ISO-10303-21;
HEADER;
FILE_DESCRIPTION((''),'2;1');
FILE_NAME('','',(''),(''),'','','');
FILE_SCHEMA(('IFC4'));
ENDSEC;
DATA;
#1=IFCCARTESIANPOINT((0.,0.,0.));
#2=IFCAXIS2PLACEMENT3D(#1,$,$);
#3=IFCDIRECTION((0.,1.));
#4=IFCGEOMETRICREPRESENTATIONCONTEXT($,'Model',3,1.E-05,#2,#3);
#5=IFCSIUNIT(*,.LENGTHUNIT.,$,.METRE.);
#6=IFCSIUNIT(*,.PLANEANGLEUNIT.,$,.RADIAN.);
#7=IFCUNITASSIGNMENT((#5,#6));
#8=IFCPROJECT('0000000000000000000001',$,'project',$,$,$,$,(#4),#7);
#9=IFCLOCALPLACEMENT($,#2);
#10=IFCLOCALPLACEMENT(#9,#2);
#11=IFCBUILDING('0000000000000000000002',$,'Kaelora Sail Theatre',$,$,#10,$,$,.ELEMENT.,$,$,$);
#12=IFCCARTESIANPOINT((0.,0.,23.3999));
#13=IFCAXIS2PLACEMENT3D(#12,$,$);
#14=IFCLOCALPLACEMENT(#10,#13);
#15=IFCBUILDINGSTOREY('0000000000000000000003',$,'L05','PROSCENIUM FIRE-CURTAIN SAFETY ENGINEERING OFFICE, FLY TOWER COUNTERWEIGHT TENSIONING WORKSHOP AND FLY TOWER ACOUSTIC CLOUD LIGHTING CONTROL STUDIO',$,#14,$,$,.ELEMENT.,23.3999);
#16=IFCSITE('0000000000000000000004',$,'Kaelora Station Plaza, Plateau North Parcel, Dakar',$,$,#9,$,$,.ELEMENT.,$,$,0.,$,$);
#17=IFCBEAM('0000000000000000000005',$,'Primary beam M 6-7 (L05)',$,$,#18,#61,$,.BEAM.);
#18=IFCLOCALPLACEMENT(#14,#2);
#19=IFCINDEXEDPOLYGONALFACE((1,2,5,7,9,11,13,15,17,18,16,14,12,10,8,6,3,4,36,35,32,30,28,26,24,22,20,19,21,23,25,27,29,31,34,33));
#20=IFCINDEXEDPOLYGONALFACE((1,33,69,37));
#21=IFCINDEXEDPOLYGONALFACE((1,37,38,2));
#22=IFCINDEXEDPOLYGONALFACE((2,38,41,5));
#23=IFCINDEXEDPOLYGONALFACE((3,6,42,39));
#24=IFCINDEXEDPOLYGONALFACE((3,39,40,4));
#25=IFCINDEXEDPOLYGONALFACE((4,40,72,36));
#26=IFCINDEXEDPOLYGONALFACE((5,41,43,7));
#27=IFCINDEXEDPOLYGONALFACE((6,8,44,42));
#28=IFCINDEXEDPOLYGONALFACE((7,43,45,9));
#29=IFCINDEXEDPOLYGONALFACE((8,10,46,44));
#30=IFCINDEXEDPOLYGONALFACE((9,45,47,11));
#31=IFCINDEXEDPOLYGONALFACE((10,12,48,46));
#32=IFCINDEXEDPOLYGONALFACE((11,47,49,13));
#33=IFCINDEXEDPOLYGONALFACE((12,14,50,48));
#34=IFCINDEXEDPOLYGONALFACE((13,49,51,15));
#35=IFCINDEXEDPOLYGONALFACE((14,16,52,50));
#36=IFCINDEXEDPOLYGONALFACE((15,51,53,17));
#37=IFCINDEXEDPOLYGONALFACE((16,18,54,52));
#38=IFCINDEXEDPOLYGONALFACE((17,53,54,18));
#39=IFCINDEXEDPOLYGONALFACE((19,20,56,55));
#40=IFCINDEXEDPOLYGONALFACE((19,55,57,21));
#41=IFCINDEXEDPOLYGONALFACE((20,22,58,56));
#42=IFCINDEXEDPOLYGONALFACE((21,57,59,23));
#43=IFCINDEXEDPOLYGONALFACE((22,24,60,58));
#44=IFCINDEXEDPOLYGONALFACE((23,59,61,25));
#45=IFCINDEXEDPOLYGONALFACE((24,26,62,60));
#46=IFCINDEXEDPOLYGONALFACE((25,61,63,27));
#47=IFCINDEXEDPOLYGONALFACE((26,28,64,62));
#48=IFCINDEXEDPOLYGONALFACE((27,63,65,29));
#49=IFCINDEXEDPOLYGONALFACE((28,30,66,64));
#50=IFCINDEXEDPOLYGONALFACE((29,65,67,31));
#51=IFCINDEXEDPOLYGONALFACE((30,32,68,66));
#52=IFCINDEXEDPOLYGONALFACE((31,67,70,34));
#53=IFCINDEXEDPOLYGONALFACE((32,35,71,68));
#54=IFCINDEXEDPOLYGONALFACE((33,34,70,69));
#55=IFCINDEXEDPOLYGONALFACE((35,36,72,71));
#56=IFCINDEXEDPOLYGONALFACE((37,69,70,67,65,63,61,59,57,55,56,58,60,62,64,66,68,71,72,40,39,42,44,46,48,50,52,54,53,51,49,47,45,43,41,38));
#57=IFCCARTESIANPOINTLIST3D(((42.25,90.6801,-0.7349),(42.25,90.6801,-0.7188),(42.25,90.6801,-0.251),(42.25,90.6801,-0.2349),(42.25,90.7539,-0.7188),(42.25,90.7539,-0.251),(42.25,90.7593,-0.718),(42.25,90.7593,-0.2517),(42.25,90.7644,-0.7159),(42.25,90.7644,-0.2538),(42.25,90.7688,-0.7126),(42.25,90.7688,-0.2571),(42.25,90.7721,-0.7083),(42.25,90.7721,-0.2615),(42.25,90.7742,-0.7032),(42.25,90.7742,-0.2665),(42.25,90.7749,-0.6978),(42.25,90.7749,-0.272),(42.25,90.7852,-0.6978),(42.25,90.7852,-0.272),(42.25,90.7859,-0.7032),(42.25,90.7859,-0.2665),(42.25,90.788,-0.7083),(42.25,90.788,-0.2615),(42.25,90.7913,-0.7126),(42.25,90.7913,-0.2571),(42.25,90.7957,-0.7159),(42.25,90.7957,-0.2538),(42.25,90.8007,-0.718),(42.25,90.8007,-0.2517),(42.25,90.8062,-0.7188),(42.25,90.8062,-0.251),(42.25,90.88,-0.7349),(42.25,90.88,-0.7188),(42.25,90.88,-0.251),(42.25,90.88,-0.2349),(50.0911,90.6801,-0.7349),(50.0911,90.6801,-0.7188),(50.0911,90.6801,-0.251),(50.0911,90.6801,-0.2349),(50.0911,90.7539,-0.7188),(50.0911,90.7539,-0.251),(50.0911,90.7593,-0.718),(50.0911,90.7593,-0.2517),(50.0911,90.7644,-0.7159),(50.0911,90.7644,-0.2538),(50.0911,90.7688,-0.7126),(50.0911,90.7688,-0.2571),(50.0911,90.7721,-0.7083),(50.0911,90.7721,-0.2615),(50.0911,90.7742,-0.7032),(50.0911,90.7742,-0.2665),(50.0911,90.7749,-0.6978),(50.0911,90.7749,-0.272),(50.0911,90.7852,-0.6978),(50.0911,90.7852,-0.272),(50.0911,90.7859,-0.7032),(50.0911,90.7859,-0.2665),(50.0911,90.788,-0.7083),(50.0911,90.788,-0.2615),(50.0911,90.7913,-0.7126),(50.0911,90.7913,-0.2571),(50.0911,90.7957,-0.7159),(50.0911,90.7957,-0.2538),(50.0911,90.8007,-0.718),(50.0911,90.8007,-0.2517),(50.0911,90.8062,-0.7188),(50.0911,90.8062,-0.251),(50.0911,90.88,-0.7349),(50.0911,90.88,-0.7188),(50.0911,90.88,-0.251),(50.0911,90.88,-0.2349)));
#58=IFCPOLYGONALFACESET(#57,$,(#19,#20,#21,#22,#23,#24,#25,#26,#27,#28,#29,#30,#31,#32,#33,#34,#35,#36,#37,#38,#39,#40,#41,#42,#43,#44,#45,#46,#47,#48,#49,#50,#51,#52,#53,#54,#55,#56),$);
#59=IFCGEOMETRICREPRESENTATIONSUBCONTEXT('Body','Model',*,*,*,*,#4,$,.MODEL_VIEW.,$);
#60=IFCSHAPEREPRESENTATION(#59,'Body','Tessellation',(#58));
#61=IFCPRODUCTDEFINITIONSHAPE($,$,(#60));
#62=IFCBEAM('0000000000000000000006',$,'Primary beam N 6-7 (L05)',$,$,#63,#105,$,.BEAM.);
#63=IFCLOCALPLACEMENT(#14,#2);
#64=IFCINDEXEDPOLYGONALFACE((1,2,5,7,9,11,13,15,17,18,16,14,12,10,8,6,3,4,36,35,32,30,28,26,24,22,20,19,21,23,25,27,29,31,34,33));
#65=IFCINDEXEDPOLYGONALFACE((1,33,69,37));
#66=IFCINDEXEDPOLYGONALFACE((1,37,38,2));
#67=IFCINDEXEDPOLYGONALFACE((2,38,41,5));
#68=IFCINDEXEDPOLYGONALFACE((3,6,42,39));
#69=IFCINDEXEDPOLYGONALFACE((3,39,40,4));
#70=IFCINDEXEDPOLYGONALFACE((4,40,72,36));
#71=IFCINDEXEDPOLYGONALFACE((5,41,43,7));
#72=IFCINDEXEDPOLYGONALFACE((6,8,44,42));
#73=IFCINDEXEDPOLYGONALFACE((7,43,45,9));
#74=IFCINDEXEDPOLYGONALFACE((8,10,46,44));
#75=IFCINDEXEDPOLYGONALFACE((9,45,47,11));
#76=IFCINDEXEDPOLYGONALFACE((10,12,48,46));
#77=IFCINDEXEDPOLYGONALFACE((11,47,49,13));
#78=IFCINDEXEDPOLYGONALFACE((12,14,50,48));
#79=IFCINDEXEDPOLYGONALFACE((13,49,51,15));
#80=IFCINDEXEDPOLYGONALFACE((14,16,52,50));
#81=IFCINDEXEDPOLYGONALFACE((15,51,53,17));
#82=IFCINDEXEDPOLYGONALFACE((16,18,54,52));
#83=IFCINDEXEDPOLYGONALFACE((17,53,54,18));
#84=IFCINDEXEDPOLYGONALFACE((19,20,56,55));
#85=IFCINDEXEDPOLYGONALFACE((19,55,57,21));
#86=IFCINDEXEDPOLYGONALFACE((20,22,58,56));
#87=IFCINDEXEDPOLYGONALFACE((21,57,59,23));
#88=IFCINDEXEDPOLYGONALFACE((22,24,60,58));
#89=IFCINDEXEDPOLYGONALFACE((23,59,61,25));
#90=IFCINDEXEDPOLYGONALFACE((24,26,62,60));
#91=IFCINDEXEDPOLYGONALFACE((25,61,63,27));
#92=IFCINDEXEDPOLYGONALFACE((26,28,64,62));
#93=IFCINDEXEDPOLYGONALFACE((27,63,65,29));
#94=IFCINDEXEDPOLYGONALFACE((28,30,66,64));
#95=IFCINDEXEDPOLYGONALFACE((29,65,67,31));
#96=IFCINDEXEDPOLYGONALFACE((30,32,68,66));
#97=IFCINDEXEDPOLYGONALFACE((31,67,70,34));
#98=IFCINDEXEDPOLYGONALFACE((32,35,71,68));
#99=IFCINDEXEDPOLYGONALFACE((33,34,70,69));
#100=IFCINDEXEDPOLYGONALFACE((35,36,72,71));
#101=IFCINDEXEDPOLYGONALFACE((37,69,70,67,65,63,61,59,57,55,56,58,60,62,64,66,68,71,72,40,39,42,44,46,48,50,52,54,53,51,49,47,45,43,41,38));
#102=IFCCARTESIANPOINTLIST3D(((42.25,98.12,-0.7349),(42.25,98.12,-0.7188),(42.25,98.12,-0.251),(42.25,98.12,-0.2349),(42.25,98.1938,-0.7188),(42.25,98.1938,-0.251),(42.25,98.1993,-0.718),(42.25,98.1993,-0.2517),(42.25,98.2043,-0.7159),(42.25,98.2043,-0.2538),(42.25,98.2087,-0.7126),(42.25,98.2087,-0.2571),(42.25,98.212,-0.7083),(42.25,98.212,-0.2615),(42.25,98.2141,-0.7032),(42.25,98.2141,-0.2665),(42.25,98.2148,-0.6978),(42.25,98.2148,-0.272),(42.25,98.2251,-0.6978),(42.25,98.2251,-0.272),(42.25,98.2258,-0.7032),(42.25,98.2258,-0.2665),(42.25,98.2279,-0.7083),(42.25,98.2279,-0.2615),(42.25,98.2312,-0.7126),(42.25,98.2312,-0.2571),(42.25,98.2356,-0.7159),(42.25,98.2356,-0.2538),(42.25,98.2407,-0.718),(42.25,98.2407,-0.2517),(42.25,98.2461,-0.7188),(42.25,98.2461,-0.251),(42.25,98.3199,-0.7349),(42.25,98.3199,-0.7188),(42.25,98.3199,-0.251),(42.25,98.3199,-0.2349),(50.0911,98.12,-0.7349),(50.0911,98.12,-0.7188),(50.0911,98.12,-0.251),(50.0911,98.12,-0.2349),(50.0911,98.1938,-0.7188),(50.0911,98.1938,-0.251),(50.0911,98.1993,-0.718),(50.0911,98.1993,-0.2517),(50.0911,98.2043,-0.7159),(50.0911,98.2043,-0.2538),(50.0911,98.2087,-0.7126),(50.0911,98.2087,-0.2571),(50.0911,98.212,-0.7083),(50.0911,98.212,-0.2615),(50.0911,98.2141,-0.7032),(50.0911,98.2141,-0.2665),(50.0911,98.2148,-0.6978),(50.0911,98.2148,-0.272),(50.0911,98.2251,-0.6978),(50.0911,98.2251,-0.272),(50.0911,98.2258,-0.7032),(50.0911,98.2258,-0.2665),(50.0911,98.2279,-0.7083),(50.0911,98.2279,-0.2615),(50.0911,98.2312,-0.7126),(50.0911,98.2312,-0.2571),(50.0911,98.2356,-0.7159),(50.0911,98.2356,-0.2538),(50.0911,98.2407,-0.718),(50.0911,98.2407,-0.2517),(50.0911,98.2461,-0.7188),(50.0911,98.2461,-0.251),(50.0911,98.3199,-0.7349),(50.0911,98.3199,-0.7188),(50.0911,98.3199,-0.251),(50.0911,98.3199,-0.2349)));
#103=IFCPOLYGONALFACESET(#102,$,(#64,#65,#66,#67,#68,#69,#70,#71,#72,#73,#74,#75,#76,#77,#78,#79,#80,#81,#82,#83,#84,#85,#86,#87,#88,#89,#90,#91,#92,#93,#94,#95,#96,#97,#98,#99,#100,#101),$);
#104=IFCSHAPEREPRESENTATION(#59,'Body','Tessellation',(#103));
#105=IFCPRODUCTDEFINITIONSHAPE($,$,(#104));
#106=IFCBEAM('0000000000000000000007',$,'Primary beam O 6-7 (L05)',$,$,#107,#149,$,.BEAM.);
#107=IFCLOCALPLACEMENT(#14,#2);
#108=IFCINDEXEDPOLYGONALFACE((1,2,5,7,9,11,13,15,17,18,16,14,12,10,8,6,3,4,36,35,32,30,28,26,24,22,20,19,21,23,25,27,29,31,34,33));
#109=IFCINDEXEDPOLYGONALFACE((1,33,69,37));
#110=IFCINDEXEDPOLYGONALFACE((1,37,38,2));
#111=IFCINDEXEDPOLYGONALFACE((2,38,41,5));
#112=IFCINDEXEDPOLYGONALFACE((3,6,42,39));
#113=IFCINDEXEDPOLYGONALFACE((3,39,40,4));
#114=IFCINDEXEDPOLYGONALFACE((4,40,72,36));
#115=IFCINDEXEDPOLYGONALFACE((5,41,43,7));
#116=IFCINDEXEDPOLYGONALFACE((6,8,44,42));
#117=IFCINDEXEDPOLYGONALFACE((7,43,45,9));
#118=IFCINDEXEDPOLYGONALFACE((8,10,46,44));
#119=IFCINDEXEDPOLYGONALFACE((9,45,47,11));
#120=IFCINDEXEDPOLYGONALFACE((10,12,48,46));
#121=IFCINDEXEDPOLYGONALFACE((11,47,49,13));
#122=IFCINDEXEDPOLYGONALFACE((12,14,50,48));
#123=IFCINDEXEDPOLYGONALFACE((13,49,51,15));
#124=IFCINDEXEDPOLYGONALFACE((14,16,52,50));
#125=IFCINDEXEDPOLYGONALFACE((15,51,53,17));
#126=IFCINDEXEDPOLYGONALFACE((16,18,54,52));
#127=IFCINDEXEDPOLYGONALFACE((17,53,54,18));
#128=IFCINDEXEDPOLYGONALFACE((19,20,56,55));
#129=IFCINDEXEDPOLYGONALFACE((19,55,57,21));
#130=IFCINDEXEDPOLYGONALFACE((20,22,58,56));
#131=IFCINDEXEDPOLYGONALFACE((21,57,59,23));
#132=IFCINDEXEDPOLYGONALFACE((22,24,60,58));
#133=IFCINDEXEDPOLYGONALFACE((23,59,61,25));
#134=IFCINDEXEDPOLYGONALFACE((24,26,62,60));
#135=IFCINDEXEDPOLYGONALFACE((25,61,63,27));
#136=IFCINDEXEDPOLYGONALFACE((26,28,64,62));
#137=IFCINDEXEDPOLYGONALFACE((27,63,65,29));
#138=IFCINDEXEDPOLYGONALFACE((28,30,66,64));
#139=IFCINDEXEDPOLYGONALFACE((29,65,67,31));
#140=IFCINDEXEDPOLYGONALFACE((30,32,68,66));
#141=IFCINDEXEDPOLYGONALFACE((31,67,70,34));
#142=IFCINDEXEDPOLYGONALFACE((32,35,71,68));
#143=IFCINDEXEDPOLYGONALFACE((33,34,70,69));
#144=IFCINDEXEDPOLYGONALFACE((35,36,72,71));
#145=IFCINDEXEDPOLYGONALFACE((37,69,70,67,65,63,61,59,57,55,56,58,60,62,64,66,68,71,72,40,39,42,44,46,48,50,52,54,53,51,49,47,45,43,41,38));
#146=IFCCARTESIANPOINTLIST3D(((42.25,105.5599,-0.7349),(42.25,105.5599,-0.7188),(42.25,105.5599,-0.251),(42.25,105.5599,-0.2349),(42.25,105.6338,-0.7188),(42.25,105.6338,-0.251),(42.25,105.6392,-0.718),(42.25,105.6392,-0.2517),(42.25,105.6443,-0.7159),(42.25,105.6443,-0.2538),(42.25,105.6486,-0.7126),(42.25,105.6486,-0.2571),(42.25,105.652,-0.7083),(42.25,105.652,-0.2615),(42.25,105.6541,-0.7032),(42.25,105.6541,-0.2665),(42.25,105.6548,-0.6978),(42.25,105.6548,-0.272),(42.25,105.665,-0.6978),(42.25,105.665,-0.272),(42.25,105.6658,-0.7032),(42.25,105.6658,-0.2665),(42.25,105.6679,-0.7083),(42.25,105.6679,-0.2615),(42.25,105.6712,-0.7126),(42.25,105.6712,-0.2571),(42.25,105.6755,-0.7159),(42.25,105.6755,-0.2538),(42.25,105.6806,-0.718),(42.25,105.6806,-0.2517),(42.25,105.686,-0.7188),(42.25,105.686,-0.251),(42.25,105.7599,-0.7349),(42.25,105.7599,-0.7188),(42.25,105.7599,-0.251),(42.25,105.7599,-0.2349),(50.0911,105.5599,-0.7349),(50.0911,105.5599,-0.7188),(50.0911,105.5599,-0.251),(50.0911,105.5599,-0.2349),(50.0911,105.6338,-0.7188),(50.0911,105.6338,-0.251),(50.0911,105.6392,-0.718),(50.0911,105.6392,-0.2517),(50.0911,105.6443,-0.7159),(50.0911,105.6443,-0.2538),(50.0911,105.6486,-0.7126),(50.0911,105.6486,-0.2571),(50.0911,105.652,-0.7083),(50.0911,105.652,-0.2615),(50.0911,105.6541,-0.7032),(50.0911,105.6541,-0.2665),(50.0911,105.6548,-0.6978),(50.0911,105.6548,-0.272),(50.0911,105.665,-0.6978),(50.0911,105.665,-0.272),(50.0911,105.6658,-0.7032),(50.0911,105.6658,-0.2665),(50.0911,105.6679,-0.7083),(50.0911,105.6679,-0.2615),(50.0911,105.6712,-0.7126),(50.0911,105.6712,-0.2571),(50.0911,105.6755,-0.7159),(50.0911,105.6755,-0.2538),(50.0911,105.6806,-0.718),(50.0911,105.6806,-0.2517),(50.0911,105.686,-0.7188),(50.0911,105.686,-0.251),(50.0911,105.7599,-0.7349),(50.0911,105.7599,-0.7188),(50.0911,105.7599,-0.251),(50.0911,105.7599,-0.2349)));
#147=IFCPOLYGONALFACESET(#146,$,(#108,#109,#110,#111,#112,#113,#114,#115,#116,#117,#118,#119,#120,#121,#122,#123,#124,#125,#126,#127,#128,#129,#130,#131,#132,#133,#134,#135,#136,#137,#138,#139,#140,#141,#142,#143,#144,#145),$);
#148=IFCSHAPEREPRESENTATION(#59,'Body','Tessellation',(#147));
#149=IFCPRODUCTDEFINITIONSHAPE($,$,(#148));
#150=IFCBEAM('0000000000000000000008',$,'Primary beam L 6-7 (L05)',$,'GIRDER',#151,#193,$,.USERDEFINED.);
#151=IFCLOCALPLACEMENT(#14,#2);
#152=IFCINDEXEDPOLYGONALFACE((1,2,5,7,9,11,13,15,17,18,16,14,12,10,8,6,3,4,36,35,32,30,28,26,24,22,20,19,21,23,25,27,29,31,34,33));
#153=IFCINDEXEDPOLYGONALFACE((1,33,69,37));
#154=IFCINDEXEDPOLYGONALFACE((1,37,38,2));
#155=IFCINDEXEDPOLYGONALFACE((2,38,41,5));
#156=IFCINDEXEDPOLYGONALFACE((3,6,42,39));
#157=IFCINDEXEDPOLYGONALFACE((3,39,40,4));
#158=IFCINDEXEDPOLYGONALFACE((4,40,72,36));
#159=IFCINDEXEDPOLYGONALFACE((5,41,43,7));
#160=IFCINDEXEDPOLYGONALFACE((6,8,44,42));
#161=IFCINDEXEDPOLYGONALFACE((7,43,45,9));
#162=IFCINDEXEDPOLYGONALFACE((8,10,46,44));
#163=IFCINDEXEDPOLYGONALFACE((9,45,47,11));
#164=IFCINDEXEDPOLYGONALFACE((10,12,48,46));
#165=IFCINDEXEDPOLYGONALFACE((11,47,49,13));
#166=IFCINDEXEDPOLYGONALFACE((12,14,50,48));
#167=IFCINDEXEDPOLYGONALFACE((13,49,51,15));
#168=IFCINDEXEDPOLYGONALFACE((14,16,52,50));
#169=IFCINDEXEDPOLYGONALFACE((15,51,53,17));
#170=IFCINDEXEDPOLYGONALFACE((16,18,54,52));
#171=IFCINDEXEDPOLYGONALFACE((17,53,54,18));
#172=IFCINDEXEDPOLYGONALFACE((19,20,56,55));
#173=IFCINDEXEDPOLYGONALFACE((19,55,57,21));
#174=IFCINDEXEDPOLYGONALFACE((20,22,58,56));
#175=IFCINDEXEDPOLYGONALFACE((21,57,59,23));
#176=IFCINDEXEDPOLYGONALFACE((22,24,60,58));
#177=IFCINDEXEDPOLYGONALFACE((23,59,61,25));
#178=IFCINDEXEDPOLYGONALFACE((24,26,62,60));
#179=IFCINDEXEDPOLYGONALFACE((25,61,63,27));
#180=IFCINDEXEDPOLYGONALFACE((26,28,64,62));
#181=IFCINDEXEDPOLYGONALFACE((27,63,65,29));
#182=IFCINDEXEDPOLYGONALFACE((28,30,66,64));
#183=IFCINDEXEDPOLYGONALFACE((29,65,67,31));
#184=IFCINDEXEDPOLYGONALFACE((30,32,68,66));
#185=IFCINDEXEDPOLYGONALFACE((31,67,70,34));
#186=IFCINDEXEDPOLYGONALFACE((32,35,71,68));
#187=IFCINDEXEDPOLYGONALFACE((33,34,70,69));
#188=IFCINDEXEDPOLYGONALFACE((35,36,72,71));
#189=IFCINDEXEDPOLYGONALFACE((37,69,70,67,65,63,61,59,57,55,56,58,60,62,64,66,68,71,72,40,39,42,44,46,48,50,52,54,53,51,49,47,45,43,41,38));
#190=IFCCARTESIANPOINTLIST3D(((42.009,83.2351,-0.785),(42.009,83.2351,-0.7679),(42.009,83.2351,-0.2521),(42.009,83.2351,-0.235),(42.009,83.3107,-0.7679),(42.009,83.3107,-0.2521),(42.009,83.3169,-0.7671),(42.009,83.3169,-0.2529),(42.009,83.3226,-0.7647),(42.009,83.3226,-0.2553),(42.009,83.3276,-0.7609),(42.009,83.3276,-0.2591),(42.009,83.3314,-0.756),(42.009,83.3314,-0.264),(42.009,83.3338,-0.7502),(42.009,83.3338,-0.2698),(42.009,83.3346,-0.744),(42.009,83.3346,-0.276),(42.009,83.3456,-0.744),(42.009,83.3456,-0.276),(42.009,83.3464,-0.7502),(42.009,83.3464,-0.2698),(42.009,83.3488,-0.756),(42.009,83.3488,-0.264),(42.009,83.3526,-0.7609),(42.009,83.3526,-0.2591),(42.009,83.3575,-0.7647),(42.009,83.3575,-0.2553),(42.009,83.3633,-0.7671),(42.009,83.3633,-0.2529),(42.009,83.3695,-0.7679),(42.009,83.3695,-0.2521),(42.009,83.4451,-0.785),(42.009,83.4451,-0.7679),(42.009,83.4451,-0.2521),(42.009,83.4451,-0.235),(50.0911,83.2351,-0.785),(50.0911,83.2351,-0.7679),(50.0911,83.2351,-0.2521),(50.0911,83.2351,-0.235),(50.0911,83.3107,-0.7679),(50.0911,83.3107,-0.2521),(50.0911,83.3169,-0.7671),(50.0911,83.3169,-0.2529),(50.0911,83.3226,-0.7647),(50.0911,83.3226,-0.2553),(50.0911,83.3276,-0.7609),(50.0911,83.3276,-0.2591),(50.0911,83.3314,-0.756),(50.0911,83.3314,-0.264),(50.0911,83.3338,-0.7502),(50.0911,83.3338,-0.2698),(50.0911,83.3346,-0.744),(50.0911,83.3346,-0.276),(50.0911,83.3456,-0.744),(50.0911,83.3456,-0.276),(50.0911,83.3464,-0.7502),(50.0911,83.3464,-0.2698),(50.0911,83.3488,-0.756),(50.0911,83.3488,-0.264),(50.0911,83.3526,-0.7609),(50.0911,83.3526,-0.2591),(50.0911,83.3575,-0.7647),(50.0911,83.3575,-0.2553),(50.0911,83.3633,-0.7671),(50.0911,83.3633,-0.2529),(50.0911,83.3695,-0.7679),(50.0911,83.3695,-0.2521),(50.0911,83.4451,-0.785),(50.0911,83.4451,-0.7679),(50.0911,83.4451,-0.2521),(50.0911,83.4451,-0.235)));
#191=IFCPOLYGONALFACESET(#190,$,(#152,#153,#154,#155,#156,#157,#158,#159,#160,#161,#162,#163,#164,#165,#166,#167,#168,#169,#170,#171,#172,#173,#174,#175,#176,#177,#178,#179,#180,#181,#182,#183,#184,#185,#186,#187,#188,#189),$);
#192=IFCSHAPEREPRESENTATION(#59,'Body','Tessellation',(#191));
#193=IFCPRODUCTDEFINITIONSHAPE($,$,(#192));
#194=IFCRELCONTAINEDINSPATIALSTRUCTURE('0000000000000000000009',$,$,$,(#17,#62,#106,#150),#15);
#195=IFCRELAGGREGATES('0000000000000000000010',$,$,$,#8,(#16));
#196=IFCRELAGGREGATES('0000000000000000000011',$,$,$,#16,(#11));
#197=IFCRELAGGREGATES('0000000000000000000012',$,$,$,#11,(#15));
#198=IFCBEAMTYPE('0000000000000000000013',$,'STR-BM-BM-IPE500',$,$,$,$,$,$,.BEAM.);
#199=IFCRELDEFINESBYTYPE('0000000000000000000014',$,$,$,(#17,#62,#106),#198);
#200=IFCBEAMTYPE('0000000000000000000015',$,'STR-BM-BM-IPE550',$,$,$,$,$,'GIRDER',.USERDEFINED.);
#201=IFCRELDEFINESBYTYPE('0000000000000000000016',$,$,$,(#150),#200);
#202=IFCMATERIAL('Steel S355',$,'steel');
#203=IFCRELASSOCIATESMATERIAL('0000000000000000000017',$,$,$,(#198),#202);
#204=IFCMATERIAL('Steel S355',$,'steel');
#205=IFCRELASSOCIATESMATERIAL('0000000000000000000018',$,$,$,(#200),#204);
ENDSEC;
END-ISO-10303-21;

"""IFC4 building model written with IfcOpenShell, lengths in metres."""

from ifc_helpers import new_model, si_unit, direction, frame, origin, origin_2d, place, context, subcontext, project, spatial, i_section, extrude, material, material_profile, profile_set, type_object, element, save


model = new_model("IFC4")

# Units and contexts
model_context = context("Model", 3, precision=1e-05, world=origin(), true_north=direction((0.0, 1.0)))
body_context = subcontext(model_context, "Body", "Model", "MODEL_VIEW")
ifc_project = project(units=[si_unit("LENGTHUNIT", "METRE"), si_unit("PLANEANGLEUNIT", "RADIAN")], contexts=[model_context])

# Site, building, storey
site_placement = place(None, origin())
site = spatial("IfcSite", under=ifc_project, at=site_placement, Name="Kaelora Station Plaza, Plateau North Parcel, Dakar", CompositionType="ELEMENT", RefElevation=0.0)
building_placement = place(site_placement, origin())
building = spatial("IfcBuilding", under=site, at=building_placement, Name="Kaelora Sail Theatre", CompositionType="ELEMENT")
storey_placement = place(building_placement, frame((0.0, 0.0, 23.3999)))
storey = spatial("IfcBuildingStorey", under=building, at=storey_placement, Name="L05", Description="PROSCENIUM FIRE-CURTAIN SAFETY ENGINEERING OFFICE, FLY TOWER COUNTERWEIGHT TENSIONING WORKSHOP AND FLY TOWER ACOUSTIC CLOUD LIGHTING CONTROL STUDIO", CompositionType="ELEMENT", Elevation=23.3999)

# Beams
ifc_material_1 = material(Name="Steel S355", Category="steel")
ifc_material_profile_1 = material_profile(ifc_material_1, i_section(OverallWidth=0.2, OverallDepth=0.5, WebThickness=0.0103, FlangeThickness=0.0161, FilletRadius=0.021, at=origin_2d()), Name="IPE 500")
ifc_profile_set_1 = profile_set([ifc_material_profile_1], Name="Steel S355")
beam_type_1 = type_object("IfcBeamType", Name="STR-BM-BM-IPE500", PredefinedType="BEAM", material=ifc_profile_set_1)
for number, where, z_axis, x_axis, name in (
    (1, (42.25, 90.78, -0.4849), (1.0, 0.0, 0.0), (0.0, 1.0, 0.0), "Primary beam M 6-7 (L05)"),
    (2, (42.25, 98.22, -0.4849), (1.0, 0.0, 0.0), (0.0, 1.0, 0.0), "Primary beam N 6-7 (L05)"),
    (3, (42.25, 105.6599, -0.4849), (1.0, 0.0, 0.0), (0.0, 1.0, 0.0), "Primary beam O 6-7 (L05)"),
):
    element("IfcBeam", number, at=place(storey_placement, frame(where, z_axis=z_axis, x_axis=x_axis)), inside=storey, type_object=beam_type_1, Name=name, PredefinedType="BEAM", context=body_context, shape_type="SweptSolid", body=[
        extrude(i_section(OverallWidth=0.2, OverallDepth=0.5, WebThickness=0.0103, FlangeThickness=0.0161, FilletRadius=0.021, at=origin_2d()), origin(), (0.0, 0.0, 1.0), 7.8411),
    ])
ifc_material_2 = material(Name="Steel S355", Category="steel")
ifc_material_profile_2 = material_profile(ifc_material_2, i_section(OverallWidth=0.21, OverallDepth=0.55, WebThickness=0.011, FlangeThickness=0.0171, FilletRadius=0.0239, at=origin_2d()), Name="IPE 550")
ifc_profile_set_2 = profile_set([ifc_material_profile_2], Name="Steel S355")
beam_type_2 = type_object("IfcBeamType", Name="STR-BM-BM-IPE550", ElementType="GIRDER", PredefinedType="USERDEFINED", material=ifc_profile_set_2)
beam_1_placement = place(storey_placement, frame((42.009, 83.3401, -0.51), z_axis=(1.0, 0.0, 0.0), x_axis=(0.0, 1.0, 0.0)))
element("IfcBeam", 4, at=beam_1_placement, inside=storey, type_object=beam_type_2, Name="Primary beam L 6-7 (L05)", ObjectType="GIRDER", PredefinedType="USERDEFINED", context=body_context, shape_type="SweptSolid", body=[
    extrude(i_section(OverallWidth=0.21, OverallDepth=0.55, WebThickness=0.011, FlangeThickness=0.0171, FilletRadius=0.0239, at=origin_2d()), origin(), (0.0, 0.0, 1.0), 8.082),
])

save(model, "model.ifc")
